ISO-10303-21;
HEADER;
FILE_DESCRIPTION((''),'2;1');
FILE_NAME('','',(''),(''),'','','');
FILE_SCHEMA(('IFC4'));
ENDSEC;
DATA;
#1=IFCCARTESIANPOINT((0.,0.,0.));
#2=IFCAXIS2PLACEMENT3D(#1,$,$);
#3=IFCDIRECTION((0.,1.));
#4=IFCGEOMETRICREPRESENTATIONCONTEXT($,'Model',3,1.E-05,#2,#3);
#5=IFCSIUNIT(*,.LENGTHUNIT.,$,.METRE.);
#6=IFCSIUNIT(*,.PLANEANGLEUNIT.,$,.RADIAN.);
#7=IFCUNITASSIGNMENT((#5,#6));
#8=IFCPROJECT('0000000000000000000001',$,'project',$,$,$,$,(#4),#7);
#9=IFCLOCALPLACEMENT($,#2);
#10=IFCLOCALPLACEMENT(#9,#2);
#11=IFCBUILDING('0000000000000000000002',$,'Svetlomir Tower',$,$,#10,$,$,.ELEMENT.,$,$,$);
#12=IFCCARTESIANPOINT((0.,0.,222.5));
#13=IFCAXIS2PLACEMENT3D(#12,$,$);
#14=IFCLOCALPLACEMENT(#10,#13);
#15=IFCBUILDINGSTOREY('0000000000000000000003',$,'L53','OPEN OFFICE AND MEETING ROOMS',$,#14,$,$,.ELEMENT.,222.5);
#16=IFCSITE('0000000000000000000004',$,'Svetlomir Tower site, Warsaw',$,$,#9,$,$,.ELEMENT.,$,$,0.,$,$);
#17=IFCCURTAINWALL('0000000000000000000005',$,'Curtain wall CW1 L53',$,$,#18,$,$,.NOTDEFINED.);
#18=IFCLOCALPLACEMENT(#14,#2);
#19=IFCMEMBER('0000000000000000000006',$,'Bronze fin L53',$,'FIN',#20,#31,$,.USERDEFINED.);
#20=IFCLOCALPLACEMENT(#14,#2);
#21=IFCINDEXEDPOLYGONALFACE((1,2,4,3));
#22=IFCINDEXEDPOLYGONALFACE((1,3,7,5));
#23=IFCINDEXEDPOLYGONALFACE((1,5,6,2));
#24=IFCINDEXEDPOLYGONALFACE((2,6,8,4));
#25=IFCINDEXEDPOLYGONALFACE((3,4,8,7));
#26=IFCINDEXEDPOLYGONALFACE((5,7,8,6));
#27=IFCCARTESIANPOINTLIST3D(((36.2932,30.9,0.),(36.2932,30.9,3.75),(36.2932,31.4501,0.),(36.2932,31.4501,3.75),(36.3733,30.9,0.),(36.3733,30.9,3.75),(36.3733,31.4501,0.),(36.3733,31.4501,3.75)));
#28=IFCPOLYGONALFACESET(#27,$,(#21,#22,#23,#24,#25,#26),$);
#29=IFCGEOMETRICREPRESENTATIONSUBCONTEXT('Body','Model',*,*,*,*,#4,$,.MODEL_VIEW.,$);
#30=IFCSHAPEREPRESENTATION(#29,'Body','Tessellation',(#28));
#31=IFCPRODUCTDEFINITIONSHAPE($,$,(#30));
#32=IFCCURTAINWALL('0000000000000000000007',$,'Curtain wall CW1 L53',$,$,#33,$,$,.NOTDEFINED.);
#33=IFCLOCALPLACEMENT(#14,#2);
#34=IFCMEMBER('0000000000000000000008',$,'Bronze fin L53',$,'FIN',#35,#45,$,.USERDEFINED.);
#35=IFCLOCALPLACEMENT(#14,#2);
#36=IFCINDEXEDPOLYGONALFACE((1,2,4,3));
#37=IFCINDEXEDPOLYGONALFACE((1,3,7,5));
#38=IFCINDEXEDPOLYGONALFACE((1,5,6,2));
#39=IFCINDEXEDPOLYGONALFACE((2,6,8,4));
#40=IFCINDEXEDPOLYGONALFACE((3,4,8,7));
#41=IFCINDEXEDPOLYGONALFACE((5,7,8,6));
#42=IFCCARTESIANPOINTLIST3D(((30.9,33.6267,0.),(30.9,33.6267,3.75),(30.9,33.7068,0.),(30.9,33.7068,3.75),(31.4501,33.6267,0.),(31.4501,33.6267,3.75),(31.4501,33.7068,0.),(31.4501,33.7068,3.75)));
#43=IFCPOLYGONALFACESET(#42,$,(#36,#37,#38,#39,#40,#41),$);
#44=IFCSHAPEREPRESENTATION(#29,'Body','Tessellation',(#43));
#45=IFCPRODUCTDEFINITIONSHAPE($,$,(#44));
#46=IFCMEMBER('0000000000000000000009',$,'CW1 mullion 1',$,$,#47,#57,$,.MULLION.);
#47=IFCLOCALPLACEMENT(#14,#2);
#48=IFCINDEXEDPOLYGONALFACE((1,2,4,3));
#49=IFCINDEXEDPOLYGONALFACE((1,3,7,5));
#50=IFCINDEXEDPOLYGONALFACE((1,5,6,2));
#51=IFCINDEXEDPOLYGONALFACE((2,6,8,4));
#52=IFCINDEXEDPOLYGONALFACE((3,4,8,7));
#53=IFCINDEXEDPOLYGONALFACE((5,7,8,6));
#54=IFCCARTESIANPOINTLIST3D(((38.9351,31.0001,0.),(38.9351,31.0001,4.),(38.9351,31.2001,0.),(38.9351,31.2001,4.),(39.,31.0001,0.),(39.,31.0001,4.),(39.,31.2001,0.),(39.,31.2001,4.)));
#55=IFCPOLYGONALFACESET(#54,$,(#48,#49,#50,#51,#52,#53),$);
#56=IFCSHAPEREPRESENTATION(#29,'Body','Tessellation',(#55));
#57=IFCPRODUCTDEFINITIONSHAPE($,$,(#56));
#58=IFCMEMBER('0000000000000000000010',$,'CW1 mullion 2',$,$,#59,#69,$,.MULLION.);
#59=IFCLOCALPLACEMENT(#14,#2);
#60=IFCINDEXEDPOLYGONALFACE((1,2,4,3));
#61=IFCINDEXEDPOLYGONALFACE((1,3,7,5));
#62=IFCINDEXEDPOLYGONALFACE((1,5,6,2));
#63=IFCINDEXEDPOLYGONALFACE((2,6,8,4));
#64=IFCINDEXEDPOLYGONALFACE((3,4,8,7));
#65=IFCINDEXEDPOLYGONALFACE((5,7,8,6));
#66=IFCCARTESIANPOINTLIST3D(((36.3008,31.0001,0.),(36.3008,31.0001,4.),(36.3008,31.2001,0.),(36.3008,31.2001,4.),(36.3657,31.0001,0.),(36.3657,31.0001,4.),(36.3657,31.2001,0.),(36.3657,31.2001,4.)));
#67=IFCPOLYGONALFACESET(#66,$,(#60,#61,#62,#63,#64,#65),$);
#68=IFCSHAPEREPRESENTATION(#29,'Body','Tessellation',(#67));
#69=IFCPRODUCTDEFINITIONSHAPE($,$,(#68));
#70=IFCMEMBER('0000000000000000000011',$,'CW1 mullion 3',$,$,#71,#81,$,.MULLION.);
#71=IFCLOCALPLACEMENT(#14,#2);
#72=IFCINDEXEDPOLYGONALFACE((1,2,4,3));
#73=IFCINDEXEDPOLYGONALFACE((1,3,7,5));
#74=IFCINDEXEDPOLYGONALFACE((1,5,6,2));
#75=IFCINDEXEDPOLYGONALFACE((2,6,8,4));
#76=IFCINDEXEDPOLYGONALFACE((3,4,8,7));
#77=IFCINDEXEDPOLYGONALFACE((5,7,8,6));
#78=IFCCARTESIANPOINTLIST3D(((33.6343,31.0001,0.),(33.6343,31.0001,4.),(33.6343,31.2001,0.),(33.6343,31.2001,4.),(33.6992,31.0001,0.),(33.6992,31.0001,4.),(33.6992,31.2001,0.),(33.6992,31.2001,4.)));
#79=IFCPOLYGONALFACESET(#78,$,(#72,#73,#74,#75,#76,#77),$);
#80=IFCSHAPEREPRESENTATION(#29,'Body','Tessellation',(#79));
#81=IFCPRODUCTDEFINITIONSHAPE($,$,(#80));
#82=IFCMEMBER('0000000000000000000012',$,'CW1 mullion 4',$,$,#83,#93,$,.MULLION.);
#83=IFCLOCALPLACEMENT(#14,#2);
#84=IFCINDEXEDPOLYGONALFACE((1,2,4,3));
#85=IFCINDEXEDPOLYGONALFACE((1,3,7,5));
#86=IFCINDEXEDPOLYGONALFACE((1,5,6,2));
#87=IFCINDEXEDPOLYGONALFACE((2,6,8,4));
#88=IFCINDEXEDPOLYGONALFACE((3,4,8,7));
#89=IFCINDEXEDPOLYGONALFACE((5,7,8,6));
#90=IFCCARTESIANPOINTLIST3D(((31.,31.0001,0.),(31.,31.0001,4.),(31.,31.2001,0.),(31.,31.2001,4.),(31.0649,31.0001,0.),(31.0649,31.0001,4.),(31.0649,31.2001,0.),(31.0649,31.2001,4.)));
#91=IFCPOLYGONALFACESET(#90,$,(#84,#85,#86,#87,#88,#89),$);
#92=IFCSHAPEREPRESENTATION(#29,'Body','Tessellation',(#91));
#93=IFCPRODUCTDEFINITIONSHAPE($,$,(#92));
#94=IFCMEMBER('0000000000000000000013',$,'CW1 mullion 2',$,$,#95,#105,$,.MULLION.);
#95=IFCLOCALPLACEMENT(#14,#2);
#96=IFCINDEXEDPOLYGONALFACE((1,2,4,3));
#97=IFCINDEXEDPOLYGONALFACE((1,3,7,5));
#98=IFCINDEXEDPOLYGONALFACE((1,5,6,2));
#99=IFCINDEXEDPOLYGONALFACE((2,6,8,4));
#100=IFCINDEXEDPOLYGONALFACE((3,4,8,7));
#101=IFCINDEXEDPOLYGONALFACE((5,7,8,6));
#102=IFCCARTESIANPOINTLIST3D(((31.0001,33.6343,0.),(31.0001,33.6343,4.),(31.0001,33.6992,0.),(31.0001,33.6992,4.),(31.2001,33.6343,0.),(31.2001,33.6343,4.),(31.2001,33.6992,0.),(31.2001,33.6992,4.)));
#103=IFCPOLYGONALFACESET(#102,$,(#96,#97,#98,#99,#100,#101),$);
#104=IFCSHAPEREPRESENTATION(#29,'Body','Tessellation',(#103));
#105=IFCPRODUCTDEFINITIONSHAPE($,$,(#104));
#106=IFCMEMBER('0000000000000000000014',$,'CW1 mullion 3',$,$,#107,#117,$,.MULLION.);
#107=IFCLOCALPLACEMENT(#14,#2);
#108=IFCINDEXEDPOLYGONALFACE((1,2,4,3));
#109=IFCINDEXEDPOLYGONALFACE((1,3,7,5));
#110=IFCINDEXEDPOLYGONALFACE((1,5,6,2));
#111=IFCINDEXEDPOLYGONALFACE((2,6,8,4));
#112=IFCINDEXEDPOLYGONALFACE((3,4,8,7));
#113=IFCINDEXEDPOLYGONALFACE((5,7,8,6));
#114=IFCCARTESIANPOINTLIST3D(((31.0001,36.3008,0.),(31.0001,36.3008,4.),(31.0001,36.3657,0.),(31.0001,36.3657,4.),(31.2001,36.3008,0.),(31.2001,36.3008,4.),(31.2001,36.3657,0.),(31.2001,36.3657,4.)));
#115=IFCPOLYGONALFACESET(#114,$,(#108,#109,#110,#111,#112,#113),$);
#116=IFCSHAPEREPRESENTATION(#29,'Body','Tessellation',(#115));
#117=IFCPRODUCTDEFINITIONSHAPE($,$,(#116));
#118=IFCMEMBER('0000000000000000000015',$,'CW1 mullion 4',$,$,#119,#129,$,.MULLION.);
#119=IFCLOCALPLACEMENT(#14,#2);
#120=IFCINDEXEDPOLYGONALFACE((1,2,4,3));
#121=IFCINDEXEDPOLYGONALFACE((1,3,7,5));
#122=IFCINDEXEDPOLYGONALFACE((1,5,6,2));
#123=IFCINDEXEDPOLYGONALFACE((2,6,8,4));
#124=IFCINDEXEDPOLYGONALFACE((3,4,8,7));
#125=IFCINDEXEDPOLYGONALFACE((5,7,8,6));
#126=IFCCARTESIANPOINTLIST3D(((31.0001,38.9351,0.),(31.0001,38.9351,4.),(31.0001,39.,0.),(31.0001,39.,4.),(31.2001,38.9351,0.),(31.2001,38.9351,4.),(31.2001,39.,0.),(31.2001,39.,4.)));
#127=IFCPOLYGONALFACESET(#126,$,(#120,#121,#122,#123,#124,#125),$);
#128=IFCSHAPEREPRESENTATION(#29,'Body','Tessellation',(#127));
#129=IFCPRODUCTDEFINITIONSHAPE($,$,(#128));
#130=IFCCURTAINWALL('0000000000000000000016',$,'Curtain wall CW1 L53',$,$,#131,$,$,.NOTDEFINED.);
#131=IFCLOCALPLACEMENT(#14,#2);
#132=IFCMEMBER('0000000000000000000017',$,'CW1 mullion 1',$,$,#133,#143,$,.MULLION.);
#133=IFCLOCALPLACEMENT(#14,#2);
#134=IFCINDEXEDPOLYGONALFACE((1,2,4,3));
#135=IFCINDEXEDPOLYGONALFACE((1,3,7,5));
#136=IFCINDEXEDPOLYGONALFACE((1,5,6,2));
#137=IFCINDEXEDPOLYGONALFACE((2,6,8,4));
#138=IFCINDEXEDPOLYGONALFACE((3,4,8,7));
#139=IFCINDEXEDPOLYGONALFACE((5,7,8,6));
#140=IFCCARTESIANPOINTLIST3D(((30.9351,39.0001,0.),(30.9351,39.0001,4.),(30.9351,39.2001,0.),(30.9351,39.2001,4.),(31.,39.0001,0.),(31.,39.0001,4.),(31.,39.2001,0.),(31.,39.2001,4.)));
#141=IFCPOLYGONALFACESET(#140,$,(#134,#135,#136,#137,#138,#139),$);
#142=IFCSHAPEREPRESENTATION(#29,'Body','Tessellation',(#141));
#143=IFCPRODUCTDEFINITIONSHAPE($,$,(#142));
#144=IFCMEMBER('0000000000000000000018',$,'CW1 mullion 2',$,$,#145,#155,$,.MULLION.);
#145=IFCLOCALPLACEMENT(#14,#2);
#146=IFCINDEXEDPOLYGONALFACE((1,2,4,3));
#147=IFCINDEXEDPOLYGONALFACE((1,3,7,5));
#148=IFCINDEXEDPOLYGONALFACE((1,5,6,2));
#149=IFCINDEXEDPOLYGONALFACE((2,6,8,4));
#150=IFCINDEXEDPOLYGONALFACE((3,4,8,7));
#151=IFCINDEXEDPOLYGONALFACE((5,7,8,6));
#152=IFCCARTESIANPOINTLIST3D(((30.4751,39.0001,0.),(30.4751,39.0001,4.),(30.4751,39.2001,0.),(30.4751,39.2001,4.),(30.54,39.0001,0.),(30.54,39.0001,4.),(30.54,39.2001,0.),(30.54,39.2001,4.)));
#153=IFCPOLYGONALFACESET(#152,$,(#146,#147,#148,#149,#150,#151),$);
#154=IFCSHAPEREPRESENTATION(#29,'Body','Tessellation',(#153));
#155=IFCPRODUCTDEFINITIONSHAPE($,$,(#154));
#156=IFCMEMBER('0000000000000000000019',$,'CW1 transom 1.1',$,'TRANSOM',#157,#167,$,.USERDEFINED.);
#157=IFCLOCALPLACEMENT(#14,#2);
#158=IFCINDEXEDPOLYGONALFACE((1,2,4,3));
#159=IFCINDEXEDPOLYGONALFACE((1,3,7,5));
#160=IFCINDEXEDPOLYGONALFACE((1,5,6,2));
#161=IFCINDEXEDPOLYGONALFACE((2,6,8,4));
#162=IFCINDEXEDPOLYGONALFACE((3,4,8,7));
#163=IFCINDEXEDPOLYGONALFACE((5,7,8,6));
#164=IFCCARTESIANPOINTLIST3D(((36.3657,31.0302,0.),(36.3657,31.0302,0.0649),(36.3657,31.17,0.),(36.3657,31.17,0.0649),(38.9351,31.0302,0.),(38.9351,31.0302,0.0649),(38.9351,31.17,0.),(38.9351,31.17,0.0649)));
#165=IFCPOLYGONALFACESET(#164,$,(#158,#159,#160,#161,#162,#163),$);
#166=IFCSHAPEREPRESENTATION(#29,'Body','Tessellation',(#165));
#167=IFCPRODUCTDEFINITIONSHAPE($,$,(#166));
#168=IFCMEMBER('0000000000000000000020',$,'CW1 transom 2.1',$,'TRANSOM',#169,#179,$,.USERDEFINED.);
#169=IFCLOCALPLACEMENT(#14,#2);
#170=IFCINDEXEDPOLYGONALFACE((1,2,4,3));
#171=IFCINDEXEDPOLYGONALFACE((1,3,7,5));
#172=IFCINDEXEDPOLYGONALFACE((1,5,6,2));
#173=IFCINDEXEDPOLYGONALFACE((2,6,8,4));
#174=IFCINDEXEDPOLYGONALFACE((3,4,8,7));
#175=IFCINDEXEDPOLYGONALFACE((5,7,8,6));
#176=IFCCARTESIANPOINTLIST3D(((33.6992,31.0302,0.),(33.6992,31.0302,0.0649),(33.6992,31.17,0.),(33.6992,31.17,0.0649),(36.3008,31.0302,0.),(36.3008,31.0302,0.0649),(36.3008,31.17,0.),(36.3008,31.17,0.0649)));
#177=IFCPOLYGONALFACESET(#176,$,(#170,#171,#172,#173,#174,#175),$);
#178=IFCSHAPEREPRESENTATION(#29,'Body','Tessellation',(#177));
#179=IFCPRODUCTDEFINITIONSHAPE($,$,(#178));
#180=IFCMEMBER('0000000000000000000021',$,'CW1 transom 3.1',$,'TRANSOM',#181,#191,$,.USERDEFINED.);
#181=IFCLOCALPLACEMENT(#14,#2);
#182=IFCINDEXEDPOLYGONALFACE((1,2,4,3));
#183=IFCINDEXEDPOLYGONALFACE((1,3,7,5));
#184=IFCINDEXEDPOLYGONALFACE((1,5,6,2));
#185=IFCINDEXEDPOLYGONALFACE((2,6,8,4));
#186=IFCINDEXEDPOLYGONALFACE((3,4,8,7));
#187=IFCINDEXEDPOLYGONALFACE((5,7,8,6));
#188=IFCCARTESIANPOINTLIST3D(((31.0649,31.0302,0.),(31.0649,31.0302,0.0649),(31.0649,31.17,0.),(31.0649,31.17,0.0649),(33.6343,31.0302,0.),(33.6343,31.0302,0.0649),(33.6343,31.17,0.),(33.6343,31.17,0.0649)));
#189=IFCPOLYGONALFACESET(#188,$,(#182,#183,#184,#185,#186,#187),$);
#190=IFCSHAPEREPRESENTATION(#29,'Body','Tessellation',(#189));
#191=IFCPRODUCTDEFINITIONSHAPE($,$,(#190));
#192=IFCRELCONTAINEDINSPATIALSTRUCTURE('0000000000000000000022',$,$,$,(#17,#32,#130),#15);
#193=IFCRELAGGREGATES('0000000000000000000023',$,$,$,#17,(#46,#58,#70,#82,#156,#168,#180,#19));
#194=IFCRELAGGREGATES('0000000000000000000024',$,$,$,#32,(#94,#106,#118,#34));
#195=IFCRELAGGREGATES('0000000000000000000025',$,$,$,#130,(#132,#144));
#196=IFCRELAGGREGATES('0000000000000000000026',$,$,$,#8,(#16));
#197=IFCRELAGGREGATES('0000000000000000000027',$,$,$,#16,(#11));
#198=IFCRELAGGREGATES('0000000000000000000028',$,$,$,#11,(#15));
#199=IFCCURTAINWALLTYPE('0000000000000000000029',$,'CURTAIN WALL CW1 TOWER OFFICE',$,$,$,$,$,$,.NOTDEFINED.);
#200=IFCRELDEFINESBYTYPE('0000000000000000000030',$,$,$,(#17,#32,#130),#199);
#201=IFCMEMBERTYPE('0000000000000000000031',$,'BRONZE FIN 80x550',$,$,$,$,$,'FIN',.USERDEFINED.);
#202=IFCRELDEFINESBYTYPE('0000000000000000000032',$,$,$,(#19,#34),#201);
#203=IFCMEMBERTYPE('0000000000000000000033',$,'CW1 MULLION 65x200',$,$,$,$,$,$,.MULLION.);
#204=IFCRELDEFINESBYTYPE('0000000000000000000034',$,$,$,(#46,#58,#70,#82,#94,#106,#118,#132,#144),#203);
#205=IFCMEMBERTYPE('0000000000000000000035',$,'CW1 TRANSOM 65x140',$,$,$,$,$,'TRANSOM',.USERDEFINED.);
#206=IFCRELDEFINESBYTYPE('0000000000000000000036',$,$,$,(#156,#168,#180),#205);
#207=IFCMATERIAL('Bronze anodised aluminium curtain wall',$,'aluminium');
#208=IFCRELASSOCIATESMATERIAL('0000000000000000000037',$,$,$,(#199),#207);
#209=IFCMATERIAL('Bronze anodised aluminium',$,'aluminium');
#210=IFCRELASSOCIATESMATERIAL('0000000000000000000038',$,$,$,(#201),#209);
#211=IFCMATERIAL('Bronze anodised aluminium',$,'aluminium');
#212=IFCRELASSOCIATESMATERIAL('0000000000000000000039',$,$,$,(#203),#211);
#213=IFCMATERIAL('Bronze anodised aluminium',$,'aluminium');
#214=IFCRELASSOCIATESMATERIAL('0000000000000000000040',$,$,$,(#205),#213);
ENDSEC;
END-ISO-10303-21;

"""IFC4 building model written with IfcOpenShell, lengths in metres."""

from ifc_helpers import new_model, si_unit, direction, frame, origin, origin_2d, place, context, subcontext, project, spatial, rectangle, extrude, material, material_profile, profile_set, type_object, element, aggregate, save


model = new_model("IFC4")

# Units and contexts
model_context = context("Model", 3, precision=1e-05, world=origin(), true_north=direction((0.0, 1.0)))
body_context = subcontext(model_context, "Body", "Model", "MODEL_VIEW")
ifc_project = project(units=[si_unit("LENGTHUNIT", "METRE"), si_unit("PLANEANGLEUNIT", "RADIAN")], contexts=[model_context])

# Site, building, storey
site_placement = place(None, origin())
site = spatial("IfcSite", under=ifc_project, at=site_placement, Name="Svetlomir Tower site, Warsaw", CompositionType="ELEMENT", RefElevation=0.0)
building_placement = place(site_placement, origin())
building = spatial("IfcBuilding", under=site, at=building_placement, Name="Svetlomir Tower", CompositionType="ELEMENT")
storey_placement = place(building_placement, frame((0.0, 0.0, 222.5)))
storey = spatial("IfcBuildingStorey", under=building, at=storey_placement, Name="L53", Description="OPEN OFFICE AND MEETING ROOMS", CompositionType="ELEMENT", Elevation=222.5)

# Curtain walls, members
ifc_material_1 = material(Name="Bronze anodised aluminium curtain wall", Category="aluminium")
curtain_wall_type = type_object("IfcCurtainWallType", Name="CURTAIN WALL CW1 TOWER OFFICE", PredefinedType="NOTDEFINED", material=ifc_material_1)
curtain_wall_1_placement = place(storey_placement, origin())
curtain_wall_1 = element("IfcCurtainWall", 1, at=curtain_wall_1_placement, inside=storey, type_object=curtain_wall_type, Name="Curtain wall CW1 L53", PredefinedType="NOTDEFINED")
ifc_material_2 = material(Name="Bronze anodised aluminium", Category="aluminium")
ifc_material_profile_1 = material_profile(ifc_material_2, rectangle(XDim=0.0801, YDim=0.55, at=origin_2d()), Name="FIN 80x550")
ifc_profile_set_1 = profile_set([ifc_material_profile_1], Name="Bronze anodised aluminium 6063-T6")
member_type_1 = type_object("IfcMemberType", Name="BRONZE FIN 80x550", ElementType="FIN", PredefinedType="USERDEFINED", material=ifc_profile_set_1)
member_1_placement = place(storey_placement, frame((36.3333, 31.175, 0.0), z_axis=(0.0, 0.0, 1.0), x_axis=(1.0, 0.0, 0.0)))
member_1 = element("IfcMember", 2, at=member_1_placement, type_object=member_type_1, Name="Bronze fin L53", ObjectType="FIN", PredefinedType="USERDEFINED", context=body_context, shape_type="SweptSolid", body=[
    extrude(rectangle(XDim=0.0801, YDim=0.55, at=origin_2d()), origin(), (0.0, 0.0, 1.0), 3.75),
])
curtain_wall_2_placement = place(storey_placement, origin())
curtain_wall_2 = element("IfcCurtainWall", 3, at=curtain_wall_2_placement, inside=storey, type_object=curtain_wall_type, Name="Curtain wall CW1 L53", PredefinedType="NOTDEFINED")
member_2_placement = place(storey_placement, frame((31.175, 33.6667, 0.0), z_axis=(0.0, 0.0, 1.0), x_axis=(0.0, 1.0, 0.0)))
member_2 = element("IfcMember", 4, at=member_2_placement, type_object=member_type_1, Name="Bronze fin L53", ObjectType="FIN", PredefinedType="USERDEFINED", context=body_context, shape_type="SweptSolid", body=[
    extrude(rectangle(XDim=0.0801, YDim=0.55, at=origin_2d()), origin(), (0.0, 0.0, 1.0), 3.75),
])

# Members
ifc_material_3 = material(Name="Bronze anodised aluminium", Category="aluminium")
ifc_material_profile_2 = material_profile(ifc_material_3, rectangle(XDim=0.0649, YDim=0.2, at=origin_2d()), Name="AL 65x200")
ifc_profile_set_2 = profile_set([ifc_material_profile_2], Name="Bronze anodised aluminium 6063-T6")
member_type_2 = type_object("IfcMemberType", Name="CW1 MULLION 65x200", PredefinedType="MULLION", material=ifc_profile_set_2)
member_3_placement = place(storey_placement, frame((38.9675, 31.1001, 0.0), z_axis=(0.0, 0.0, 1.0), x_axis=(-1.0, 0.0, 0.0)))
member_3 = element("IfcMember", 5, at=member_3_placement, type_object=member_type_2, Name="CW1 mullion 1", PredefinedType="MULLION", context=body_context, shape_type="SweptSolid", body=[
    extrude(rectangle(XDim=0.0649, YDim=0.2, at=origin_2d()), origin(), (0.0, 0.0, 1.0), 4.0),
])
member_4_placement = place(storey_placement, frame((36.3333, 31.1001, 0.0), z_axis=(0.0, 0.0, 1.0), x_axis=(-1.0, 0.0, 0.0)))
member_4 = element("IfcMember", 6, at=member_4_placement, type_object=member_type_2, Name="CW1 mullion 2", PredefinedType="MULLION", context=body_context, shape_type="SweptSolid", body=[
    extrude(rectangle(XDim=0.0649, YDim=0.2, at=origin_2d()), origin(), (0.0, 0.0, 1.0), 4.0),
])
member_5_placement = place(storey_placement, frame((33.6667, 31.1001, 0.0), z_axis=(0.0, 0.0, 1.0), x_axis=(-1.0, 0.0, 0.0)))
member_5 = element("IfcMember", 7, at=member_5_placement, type_object=member_type_2, Name="CW1 mullion 3", PredefinedType="MULLION", context=body_context, shape_type="SweptSolid", body=[
    extrude(rectangle(XDim=0.0649, YDim=0.2, at=origin_2d()), origin(), (0.0, 0.0, 1.0), 4.0),
])
member_6_placement = place(storey_placement, frame((31.0325, 31.1001, 0.0), z_axis=(0.0, 0.0, 1.0), x_axis=(-1.0, 0.0, 0.0)))
member_6 = element("IfcMember", 8, at=member_6_placement, type_object=member_type_2, Name="CW1 mullion 4", PredefinedType="MULLION", context=body_context, shape_type="SweptSolid", body=[
    extrude(rectangle(XDim=0.0649, YDim=0.2, at=origin_2d()), origin(), (0.0, 0.0, 1.0), 4.0),
])
member_7_placement = place(storey_placement, frame((31.1001, 33.6667, 0.0), z_axis=(0.0, 0.0, 1.0), x_axis=(0.0, 1.0, 0.0)))
member_7 = element("IfcMember", 9, at=member_7_placement, type_object=member_type_2, Name="CW1 mullion 2", PredefinedType="MULLION", context=body_context, shape_type="SweptSolid", body=[
    extrude(rectangle(XDim=0.0649, YDim=0.2, at=origin_2d()), origin(), (0.0, 0.0, 1.0), 4.0),
])
member_8_placement = place(storey_placement, frame((31.1001, 36.3333, 0.0), z_axis=(0.0, 0.0, 1.0), x_axis=(0.0, 1.0, 0.0)))
member_8 = element("IfcMember", 10, at=member_8_placement, type_object=member_type_2, Name="CW1 mullion 3", PredefinedType="MULLION", context=body_context, shape_type="SweptSolid", body=[
    extrude(rectangle(XDim=0.0649, YDim=0.2, at=origin_2d()), origin(), (0.0, 0.0, 1.0), 4.0),
])
member_9_placement = place(storey_placement, frame((31.1001, 38.9675, 0.0), z_axis=(0.0, 0.0, 1.0), x_axis=(0.0, 1.0, 0.0)))
member_9 = element("IfcMember", 11, at=member_9_placement, type_object=member_type_2, Name="CW1 mullion 4", PredefinedType="MULLION", context=body_context, shape_type="SweptSolid", body=[
    extrude(rectangle(XDim=0.0649, YDim=0.2, at=origin_2d()), origin(), (0.0, 0.0, 1.0), 4.0),
])

# Curtain wall, members
curtain_wall_3_placement = place(storey_placement, origin())
curtain_wall_3 = element("IfcCurtainWall", 12, at=curtain_wall_3_placement, inside=storey, type_object=curtain_wall_type, Name="Curtain wall CW1 L53", PredefinedType="NOTDEFINED")
member_10_placement = place(storey_placement, frame((30.9675, 39.1001, 0.0), z_axis=(0.0, 0.0, 1.0), x_axis=(-1.0, 0.0, 0.0)))
member_10 = element("IfcMember", 13, at=member_10_placement, type_object=member_type_2, Name="CW1 mullion 1", PredefinedType="MULLION", context=body_context, shape_type="SweptSolid", body=[
    extrude(rectangle(XDim=0.0649, YDim=0.2, at=origin_2d()), origin(), (0.0, 0.0, 1.0), 4.0),
])
member_11_placement = place(storey_placement, frame((30.5076, 39.1001, 0.0), z_axis=(0.0, 0.0, 1.0), x_axis=(-1.0, 0.0, 0.0)))
member_11 = element("IfcMember", 14, at=member_11_placement, type_object=member_type_2, Name="CW1 mullion 2", PredefinedType="MULLION", context=body_context, shape_type="SweptSolid", body=[
    extrude(rectangle(XDim=0.0649, YDim=0.2, at=origin_2d()), origin(), (0.0, 0.0, 1.0), 4.0),
])

# Members
ifc_material_4 = material(Name="Bronze anodised aluminium", Category="aluminium")
ifc_material_profile_3 = material_profile(ifc_material_4, rectangle(XDim=0.1399, YDim=0.0649, at=origin_2d()), Name="AL 140x65")
ifc_profile_set_3 = profile_set([ifc_material_profile_3], Name="Bronze anodised aluminium 6063-T6")
member_type_3 = type_object("IfcMemberType", Name="CW1 TRANSOM 65x140", ElementType="TRANSOM", PredefinedType="USERDEFINED", material=ifc_profile_set_3)
member_12_placement = place(storey_placement, frame((38.9351, 31.1001, 0.0325), z_axis=(-1.0, 0.0, 0.0), x_axis=(0.0, -1.0, 0.0)))
member_12 = element("IfcMember", 15, at=member_12_placement, type_object=member_type_3, Name="CW1 transom 1.1", ObjectType="TRANSOM", PredefinedType="USERDEFINED", context=body_context, shape_type="SweptSolid", body=[
    extrude(rectangle(XDim=0.1399, YDim=0.0649, at=origin_2d()), origin(), (0.0, 0.0, 1.0), 2.5693),
])
member_13_placement = place(storey_placement, frame((36.3008, 31.1001, 0.0325), z_axis=(-1.0, 0.0, 0.0), x_axis=(0.0, -1.0, 0.0)))
member_13 = element("IfcMember", 16, at=member_13_placement, type_object=member_type_3, Name="CW1 transom 2.1", ObjectType="TRANSOM", PredefinedType="USERDEFINED", context=body_context, shape_type="SweptSolid", body=[
    extrude(rectangle(XDim=0.1399, YDim=0.0649, at=origin_2d()), origin(), (0.0, 0.0, 1.0), 2.6016),
])
member_14_placement = place(storey_placement, frame((33.6343, 31.1001, 0.0325), z_axis=(-1.0, 0.0, 0.0), x_axis=(0.0, -1.0, 0.0)))
member_14 = element("IfcMember", 17, at=member_14_placement, type_object=member_type_3, Name="CW1 transom 3.1", ObjectType="TRANSOM", PredefinedType="USERDEFINED", context=body_context, shape_type="SweptSolid", body=[
    extrude(rectangle(XDim=0.1399, YDim=0.0649, at=origin_2d()), origin(), (0.0, 0.0, 1.0), 2.5693),
])

aggregate(curtain_wall_1, [member_3, member_4, member_5, member_6, member_12, member_13, member_14, member_1])
aggregate(curtain_wall_2, [member_7, member_8, member_9, member_2])
aggregate(curtain_wall_3, [member_10, member_11])

save(model, "model.ifc")
